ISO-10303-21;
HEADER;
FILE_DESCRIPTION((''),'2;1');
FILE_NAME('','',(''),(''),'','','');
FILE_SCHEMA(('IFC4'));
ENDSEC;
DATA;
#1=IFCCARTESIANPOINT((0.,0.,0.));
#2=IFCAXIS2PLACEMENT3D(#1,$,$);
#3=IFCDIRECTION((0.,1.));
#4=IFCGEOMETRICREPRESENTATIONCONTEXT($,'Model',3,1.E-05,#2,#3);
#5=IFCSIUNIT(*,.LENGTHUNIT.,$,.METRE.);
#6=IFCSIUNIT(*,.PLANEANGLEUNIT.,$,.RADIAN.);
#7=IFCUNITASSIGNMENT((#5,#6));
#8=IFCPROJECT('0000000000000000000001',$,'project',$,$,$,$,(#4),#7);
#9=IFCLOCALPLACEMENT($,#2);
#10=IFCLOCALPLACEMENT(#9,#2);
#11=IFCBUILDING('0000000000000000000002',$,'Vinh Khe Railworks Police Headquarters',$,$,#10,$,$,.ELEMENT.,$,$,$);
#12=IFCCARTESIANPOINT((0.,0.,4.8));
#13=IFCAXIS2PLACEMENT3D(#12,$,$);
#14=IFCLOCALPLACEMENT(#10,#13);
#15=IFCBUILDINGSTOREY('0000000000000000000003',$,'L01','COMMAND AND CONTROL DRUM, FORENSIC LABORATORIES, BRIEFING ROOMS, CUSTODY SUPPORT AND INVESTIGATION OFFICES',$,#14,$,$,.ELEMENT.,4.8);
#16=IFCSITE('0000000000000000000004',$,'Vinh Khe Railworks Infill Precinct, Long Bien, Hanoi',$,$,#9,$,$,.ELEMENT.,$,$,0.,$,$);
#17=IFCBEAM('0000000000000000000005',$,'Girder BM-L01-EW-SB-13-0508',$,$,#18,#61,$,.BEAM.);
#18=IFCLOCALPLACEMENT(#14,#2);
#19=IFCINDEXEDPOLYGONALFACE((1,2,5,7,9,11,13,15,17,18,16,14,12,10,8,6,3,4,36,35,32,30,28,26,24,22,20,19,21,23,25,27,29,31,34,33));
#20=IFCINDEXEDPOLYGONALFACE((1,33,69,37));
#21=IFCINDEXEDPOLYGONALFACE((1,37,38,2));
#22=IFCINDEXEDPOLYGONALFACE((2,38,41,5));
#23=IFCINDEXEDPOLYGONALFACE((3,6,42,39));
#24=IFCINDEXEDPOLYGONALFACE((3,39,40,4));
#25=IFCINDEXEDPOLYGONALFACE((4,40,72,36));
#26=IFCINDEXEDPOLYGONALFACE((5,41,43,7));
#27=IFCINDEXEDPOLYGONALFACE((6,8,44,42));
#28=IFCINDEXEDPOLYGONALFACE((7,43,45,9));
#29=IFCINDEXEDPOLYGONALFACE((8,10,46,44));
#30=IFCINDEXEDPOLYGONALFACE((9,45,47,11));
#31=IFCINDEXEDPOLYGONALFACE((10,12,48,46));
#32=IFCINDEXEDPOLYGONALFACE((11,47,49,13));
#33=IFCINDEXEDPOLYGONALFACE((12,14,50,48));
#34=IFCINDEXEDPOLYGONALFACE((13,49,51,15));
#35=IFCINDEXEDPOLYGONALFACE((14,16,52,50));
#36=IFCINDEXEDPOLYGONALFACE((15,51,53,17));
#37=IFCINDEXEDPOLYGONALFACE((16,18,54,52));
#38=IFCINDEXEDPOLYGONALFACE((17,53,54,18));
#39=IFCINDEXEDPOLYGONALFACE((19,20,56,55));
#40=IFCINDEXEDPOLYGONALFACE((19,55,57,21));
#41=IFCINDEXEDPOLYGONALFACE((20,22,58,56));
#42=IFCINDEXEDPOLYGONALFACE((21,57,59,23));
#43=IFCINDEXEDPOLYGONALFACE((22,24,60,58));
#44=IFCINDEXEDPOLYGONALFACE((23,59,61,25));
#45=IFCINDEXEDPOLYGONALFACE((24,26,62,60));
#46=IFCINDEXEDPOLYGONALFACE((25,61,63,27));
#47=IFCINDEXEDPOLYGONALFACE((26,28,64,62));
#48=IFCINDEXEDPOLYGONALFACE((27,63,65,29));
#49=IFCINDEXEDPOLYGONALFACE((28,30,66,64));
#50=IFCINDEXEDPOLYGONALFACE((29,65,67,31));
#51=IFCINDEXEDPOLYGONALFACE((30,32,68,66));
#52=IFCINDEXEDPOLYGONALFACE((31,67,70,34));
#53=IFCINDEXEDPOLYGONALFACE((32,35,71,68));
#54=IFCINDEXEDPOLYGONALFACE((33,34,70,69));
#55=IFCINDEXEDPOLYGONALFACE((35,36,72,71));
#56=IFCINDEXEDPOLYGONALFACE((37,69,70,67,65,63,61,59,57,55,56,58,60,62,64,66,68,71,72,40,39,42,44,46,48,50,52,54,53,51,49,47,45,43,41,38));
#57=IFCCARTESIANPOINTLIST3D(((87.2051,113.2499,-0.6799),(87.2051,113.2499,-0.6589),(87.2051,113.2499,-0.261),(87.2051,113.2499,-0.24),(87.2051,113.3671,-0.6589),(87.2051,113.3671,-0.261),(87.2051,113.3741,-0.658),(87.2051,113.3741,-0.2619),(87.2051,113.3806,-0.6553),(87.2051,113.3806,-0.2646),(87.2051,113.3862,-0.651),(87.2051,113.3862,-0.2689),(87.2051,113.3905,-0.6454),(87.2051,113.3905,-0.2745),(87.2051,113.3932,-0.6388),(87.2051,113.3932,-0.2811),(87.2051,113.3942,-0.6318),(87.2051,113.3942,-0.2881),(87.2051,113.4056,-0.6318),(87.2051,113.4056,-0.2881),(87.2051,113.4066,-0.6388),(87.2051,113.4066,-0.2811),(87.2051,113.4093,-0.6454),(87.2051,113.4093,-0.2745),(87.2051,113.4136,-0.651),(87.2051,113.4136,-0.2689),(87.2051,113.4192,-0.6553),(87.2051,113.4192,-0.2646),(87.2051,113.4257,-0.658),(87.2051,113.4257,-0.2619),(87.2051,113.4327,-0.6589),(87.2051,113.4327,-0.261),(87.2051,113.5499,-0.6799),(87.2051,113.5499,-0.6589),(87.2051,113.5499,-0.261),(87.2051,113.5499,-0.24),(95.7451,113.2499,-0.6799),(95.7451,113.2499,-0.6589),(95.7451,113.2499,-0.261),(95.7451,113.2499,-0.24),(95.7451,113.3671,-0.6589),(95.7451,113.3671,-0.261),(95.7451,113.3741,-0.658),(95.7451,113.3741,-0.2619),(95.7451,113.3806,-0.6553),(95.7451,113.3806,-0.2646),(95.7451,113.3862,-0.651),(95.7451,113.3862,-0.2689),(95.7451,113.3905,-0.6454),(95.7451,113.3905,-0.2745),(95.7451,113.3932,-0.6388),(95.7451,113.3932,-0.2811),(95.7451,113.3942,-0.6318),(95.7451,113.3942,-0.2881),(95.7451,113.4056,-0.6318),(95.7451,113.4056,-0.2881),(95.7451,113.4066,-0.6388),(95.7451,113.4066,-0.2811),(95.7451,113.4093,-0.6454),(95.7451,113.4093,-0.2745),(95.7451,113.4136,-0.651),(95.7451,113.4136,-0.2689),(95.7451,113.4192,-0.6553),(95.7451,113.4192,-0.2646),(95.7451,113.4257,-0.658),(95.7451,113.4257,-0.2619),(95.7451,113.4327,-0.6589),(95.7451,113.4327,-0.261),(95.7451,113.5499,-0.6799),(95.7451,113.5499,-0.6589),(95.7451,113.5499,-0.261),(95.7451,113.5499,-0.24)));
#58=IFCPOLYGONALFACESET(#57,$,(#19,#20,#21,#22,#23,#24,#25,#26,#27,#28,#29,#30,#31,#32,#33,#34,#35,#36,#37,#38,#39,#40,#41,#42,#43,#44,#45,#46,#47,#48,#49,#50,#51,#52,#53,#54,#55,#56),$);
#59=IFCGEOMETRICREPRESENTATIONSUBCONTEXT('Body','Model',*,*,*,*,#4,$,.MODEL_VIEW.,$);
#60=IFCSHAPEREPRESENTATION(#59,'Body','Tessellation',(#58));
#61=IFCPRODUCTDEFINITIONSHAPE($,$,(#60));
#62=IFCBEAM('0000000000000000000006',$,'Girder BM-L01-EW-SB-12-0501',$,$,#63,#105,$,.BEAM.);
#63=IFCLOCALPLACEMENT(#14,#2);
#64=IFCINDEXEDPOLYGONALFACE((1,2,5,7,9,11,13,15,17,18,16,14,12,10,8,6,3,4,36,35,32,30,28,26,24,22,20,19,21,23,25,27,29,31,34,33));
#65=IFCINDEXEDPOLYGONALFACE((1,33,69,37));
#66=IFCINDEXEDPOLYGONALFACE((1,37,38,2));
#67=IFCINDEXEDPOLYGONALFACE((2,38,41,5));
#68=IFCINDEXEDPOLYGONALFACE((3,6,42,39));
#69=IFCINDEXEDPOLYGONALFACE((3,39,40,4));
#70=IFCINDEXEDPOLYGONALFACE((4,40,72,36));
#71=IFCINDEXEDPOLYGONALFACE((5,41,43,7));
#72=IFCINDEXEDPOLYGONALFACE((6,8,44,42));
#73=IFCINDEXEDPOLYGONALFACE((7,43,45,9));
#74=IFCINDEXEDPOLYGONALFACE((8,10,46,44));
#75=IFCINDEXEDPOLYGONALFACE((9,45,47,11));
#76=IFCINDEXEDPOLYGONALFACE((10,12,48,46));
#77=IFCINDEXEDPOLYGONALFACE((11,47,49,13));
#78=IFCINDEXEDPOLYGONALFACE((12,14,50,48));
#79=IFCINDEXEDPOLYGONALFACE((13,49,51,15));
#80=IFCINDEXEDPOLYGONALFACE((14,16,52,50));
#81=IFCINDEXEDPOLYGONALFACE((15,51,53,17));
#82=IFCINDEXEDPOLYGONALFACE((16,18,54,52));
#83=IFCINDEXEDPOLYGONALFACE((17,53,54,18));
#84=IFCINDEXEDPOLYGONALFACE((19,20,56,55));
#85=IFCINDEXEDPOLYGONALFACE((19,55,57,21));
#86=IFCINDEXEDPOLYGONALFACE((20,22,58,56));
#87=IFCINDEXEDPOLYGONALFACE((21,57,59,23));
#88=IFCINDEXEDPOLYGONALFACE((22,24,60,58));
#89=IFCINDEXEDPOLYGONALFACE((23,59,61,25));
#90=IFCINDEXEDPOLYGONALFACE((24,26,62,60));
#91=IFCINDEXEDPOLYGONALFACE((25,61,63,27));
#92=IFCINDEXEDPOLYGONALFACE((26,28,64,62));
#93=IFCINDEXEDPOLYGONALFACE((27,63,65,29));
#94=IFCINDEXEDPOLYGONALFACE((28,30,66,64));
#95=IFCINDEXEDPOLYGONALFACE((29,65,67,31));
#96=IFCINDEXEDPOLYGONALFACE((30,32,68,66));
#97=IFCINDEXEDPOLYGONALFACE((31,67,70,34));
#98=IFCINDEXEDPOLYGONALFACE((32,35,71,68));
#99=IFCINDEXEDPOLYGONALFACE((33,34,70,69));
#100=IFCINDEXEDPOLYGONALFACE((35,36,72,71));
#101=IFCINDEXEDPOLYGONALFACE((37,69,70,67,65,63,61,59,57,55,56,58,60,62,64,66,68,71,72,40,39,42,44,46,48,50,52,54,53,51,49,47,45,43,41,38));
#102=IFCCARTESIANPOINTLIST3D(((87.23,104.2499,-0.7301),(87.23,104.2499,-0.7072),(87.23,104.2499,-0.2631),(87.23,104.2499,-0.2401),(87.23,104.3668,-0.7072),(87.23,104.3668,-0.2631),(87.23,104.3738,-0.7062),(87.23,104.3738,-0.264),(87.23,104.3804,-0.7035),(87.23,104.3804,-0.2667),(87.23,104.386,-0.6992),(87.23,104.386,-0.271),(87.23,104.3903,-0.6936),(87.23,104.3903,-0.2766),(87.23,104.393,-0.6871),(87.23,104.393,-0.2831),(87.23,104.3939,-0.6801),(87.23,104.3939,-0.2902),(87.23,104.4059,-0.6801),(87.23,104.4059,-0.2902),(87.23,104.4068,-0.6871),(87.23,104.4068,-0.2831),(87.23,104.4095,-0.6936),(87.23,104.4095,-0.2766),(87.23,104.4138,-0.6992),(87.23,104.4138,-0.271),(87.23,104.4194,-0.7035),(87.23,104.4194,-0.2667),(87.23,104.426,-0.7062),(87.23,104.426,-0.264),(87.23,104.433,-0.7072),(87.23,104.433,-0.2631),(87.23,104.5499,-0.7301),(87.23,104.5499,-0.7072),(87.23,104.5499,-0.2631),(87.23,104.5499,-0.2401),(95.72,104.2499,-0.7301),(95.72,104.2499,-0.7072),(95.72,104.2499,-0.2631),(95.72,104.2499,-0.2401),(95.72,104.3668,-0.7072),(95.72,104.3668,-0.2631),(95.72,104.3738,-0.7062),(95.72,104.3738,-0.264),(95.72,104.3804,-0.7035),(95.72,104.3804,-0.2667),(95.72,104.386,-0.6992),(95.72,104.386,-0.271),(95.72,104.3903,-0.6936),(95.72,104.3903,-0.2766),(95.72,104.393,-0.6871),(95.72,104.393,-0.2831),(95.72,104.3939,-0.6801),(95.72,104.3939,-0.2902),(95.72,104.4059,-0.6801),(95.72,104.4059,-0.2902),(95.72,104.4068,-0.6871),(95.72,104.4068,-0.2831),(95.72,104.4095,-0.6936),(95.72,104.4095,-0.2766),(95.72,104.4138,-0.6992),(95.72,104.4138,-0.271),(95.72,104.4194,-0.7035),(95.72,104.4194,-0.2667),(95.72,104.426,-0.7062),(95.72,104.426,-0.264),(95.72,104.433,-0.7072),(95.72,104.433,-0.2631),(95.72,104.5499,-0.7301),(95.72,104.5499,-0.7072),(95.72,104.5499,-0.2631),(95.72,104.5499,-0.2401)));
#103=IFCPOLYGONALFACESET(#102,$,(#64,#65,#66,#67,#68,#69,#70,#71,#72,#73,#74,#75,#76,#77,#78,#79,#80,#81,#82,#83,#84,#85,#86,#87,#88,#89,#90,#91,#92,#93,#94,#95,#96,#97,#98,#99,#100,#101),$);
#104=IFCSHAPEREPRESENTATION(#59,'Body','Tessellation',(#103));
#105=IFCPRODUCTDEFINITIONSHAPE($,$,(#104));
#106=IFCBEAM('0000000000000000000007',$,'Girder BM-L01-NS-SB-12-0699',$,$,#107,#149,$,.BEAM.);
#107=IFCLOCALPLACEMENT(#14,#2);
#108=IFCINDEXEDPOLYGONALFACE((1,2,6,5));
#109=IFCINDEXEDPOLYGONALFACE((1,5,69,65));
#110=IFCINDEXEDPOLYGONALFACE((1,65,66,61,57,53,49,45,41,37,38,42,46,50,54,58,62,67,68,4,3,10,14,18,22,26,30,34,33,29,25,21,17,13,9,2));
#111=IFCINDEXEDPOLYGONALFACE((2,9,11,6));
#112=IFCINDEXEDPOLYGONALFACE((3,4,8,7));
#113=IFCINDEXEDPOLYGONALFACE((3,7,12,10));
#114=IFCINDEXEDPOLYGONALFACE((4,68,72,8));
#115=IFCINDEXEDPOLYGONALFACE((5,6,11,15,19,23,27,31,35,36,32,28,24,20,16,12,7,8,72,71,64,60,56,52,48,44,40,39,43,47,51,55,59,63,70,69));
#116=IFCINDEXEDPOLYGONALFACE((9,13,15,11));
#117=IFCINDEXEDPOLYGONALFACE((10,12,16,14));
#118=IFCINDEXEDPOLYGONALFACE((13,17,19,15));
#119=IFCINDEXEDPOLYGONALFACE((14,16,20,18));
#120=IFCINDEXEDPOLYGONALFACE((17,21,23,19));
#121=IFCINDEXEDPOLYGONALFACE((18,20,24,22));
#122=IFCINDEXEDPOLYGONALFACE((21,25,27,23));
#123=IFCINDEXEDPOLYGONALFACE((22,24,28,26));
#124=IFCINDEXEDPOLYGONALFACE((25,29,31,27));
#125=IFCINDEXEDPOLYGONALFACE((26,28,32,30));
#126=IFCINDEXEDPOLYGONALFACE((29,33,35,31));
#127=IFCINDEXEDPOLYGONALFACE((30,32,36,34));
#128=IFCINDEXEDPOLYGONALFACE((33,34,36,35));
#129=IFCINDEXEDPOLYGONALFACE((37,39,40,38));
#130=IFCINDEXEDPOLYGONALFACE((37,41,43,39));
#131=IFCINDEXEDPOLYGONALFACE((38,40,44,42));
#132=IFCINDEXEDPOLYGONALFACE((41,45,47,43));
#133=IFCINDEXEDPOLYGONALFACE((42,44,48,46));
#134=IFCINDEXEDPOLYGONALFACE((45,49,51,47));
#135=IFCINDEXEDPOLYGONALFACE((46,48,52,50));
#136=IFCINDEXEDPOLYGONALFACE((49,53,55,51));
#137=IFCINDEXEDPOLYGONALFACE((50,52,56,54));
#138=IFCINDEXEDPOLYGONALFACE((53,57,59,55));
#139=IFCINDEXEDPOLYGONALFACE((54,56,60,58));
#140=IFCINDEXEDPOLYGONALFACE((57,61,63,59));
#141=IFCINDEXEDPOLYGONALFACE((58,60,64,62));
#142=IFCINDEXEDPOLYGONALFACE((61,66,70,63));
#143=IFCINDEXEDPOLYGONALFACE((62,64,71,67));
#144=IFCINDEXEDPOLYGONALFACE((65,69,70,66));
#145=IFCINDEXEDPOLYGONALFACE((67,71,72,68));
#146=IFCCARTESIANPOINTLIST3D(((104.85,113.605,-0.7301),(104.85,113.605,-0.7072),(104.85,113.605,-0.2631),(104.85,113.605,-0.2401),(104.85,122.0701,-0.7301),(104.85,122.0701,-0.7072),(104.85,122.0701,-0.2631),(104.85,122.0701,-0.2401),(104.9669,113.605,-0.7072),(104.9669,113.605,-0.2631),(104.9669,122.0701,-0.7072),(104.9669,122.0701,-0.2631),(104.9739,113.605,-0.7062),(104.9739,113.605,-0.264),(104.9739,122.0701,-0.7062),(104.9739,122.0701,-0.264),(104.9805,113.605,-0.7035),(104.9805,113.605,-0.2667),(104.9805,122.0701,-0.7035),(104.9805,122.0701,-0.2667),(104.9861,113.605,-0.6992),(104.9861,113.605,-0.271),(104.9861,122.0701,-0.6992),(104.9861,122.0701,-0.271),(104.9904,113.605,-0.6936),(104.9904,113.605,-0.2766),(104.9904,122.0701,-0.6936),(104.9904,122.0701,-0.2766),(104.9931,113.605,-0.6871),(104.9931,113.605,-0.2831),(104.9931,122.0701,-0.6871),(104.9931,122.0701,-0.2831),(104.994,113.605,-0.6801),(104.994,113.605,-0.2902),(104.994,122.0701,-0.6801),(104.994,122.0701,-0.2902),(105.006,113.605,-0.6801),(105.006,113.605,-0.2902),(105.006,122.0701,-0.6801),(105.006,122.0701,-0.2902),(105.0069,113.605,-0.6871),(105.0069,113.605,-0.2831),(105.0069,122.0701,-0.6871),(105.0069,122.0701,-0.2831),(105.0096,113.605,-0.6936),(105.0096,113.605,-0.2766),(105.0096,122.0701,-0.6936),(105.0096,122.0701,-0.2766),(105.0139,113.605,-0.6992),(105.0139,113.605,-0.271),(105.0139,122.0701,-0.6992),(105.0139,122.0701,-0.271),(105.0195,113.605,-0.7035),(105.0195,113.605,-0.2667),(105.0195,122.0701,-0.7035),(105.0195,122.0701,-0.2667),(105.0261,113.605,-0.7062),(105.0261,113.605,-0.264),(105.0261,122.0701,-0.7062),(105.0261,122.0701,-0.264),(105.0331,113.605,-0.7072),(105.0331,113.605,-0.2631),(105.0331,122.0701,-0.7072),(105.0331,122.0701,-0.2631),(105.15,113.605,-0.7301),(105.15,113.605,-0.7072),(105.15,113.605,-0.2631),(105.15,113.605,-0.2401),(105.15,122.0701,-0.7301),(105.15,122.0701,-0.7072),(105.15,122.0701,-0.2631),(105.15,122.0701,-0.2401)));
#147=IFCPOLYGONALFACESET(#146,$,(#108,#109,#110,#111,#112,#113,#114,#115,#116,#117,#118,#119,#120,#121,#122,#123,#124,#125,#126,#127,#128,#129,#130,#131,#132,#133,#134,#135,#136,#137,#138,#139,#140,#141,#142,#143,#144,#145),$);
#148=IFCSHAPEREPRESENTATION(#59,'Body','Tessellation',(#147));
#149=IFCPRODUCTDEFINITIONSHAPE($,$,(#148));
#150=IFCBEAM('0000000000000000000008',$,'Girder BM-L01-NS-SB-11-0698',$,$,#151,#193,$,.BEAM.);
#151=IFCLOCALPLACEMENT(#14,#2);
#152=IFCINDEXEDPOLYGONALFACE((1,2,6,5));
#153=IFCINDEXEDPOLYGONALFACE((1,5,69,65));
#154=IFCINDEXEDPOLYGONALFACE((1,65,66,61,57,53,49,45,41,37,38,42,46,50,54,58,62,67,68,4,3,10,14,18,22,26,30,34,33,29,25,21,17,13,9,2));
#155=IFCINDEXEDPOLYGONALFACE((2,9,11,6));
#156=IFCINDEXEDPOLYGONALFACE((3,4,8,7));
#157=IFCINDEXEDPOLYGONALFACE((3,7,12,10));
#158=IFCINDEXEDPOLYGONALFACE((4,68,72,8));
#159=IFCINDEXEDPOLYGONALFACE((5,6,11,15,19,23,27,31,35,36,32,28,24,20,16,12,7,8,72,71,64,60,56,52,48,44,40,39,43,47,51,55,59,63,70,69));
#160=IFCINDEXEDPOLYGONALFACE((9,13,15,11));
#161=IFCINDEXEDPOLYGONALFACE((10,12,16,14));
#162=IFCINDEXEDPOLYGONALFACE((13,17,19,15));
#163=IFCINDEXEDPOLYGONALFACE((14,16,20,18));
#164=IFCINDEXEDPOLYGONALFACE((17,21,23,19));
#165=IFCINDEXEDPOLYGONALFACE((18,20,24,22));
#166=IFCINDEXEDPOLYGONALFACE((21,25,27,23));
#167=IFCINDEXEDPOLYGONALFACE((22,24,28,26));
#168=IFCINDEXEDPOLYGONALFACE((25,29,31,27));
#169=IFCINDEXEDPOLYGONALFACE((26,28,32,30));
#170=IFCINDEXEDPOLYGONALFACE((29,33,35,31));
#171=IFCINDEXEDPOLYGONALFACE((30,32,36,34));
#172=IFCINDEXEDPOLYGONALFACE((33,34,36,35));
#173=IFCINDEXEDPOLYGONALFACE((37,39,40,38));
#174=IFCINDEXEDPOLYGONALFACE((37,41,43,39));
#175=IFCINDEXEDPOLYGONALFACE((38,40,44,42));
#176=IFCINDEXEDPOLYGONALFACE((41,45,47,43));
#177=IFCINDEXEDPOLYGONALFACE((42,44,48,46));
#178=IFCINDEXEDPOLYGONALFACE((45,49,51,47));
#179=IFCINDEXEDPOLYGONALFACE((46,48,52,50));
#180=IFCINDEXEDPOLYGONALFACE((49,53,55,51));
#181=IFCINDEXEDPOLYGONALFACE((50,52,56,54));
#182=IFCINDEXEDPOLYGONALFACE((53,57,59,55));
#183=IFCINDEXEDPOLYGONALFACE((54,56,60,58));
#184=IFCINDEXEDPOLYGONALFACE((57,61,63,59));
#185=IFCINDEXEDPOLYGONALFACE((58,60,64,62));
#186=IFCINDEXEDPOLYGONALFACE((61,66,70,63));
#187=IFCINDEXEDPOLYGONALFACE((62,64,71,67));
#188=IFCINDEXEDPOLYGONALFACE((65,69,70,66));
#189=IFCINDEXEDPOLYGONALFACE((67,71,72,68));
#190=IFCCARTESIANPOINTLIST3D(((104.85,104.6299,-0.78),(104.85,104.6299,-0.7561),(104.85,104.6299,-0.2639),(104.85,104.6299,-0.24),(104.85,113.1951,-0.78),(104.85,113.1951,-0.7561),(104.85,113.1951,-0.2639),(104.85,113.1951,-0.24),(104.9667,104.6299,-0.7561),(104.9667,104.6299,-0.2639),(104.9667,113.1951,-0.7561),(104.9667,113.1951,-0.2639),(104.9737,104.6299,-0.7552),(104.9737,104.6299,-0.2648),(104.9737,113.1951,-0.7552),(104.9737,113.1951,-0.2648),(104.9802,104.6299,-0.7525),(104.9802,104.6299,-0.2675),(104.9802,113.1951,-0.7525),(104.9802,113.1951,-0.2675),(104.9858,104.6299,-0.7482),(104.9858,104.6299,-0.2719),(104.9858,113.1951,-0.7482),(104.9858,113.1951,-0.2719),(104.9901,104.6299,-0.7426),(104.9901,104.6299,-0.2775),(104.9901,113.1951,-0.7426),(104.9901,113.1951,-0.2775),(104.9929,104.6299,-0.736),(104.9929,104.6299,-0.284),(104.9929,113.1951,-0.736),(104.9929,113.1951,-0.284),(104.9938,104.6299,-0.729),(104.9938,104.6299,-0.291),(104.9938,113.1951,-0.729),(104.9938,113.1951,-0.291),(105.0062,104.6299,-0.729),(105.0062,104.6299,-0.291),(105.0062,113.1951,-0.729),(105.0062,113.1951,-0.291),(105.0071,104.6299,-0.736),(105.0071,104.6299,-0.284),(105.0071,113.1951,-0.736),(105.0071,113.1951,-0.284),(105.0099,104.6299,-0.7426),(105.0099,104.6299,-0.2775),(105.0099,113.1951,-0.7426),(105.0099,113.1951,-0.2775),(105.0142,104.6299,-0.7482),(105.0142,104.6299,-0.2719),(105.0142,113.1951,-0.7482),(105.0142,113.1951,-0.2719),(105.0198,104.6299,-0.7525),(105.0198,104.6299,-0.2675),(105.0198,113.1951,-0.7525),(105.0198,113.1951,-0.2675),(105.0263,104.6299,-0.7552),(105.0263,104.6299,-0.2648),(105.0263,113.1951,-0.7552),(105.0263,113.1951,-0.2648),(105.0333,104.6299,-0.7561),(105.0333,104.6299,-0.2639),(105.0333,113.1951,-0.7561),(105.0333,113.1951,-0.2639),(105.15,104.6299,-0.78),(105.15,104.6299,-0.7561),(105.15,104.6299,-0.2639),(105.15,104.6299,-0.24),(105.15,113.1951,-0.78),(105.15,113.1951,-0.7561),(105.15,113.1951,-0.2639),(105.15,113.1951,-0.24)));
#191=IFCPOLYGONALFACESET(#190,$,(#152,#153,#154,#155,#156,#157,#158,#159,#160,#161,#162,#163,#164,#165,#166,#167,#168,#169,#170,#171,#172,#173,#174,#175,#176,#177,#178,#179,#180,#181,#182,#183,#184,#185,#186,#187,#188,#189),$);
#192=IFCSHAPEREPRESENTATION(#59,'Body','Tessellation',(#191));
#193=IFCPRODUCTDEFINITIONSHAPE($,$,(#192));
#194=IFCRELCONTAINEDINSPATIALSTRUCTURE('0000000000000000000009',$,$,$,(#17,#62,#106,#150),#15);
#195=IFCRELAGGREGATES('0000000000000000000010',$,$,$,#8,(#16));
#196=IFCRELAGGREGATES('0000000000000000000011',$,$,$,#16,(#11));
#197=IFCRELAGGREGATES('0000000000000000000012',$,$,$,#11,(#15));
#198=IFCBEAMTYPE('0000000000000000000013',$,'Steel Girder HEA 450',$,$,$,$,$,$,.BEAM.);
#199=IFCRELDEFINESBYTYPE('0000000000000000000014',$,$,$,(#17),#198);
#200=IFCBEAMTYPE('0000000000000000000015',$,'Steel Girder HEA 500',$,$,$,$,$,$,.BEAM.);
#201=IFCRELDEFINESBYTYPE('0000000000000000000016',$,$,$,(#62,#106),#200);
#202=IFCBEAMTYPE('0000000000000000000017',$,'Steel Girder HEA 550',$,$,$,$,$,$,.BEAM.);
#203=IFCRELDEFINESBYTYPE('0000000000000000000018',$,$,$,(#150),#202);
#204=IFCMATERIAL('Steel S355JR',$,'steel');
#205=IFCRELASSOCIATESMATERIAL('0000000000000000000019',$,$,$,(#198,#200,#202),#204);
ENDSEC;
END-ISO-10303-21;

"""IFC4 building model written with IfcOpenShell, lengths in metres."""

from ifc_helpers import new_model, si_unit, direction, frame, origin, origin_2d, place, context, subcontext, project, spatial, i_section, extrude, material, material_profile, profile_set, type_object, element, save


model = new_model("IFC4")

# Units and contexts
model_context = context("Model", 3, precision=1e-05, world=origin(), true_north=direction((0.0, 1.0)))
body_context = subcontext(model_context, "Body", "Model", "MODEL_VIEW")
ifc_project = project(units=[si_unit("LENGTHUNIT", "METRE"), si_unit("PLANEANGLEUNIT", "RADIAN")], contexts=[model_context])

# Site, building, storey
site_placement = place(None, origin())
site = spatial("IfcSite", under=ifc_project, at=site_placement, Name="Vinh Khe Railworks Infill Precinct, Long Bien, Hanoi", CompositionType="ELEMENT", RefElevation=0.0)
building_placement = place(site_placement, origin())
building = spatial("IfcBuilding", under=site, at=building_placement, Name="Vinh Khe Railworks Police Headquarters", CompositionType="ELEMENT")
storey_placement = place(building_placement, frame((0.0, 0.0, 4.8)))
storey = spatial("IfcBuildingStorey", under=building, at=storey_placement, Name="L01", Description="COMMAND AND CONTROL DRUM, FORENSIC LABORATORIES, BRIEFING ROOMS, CUSTODY SUPPORT AND INVESTIGATION OFFICES", CompositionType="ELEMENT", Elevation=4.8)

# Shared definitions
ifc_material_1 = material(Name="Steel S355JR", Category="steel")

# Beams
ifc_material_profile_1 = material_profile(ifc_material_1, i_section(OverallWidth=0.3, OverallDepth=0.4399, WebThickness=0.0115, FlangeThickness=0.021, FilletRadius=0.0271, at=origin_2d()), Name="HEA 450")
ifc_profile_set_1 = profile_set([ifc_material_profile_1], Name="Steel S355JR")
beam_type_1 = type_object("IfcBeamType", Name="Steel Girder HEA 450", PredefinedType="BEAM", material=ifc_profile_set_1)
beam_1_placement = place(storey_placement, frame((87.2051, 113.3999, -0.46), z_axis=(1.0, 0.0, 0.0), x_axis=(0.0, 1.0, 0.0)))
element("IfcBeam", 1, at=beam_1_placement, inside=storey, type_object=beam_type_1, Name="Girder BM-L01-EW-SB-13-0508", PredefinedType="BEAM", context=body_context, shape_type="SweptSolid", body=[
    extrude(i_section(OverallWidth=0.3, OverallDepth=0.4399, WebThickness=0.0115, FlangeThickness=0.021, FilletRadius=0.0271, at=origin_2d()), origin(), (0.0, 0.0, 1.0), 8.54),
])
ifc_material_profile_2 = material_profile(ifc_material_1, i_section(OverallWidth=0.3, OverallDepth=0.49, WebThickness=0.012, FlangeThickness=0.0229, FilletRadius=0.0271, at=origin_2d()), Name="HEA 500")
ifc_profile_set_2 = profile_set([ifc_material_profile_2], Name="Steel S355JR")
beam_type_2 = type_object("IfcBeamType", Name="Steel Girder HEA 500", PredefinedType="BEAM", material=ifc_profile_set_2)
beam_2_placement = place(storey_placement, frame((87.23, 104.3999, -0.4851), z_axis=(1.0, 0.0, 0.0), x_axis=(0.0, 1.0, 0.0)))
element("IfcBeam", 2, at=beam_2_placement, inside=storey, type_object=beam_type_2, Name="Girder BM-L01-EW-SB-12-0501", PredefinedType="BEAM", context=body_context, shape_type="SweptSolid", body=[
    extrude(i_section(OverallWidth=0.3, OverallDepth=0.49, WebThickness=0.012, FlangeThickness=0.0229, FilletRadius=0.0271, at=origin_2d()), origin(), (0.0, 0.0, 1.0), 8.49),
])
beam_3_placement = place(storey_placement, frame((105.0, 113.605, -0.4851), z_axis=(0.0, 1.0, 0.0), x_axis=(-1.0, 0.0, 0.0)))
element("IfcBeam", 3, at=beam_3_placement, inside=storey, type_object=beam_type_2, Name="Girder BM-L01-NS-SB-12-0699", PredefinedType="BEAM", context=body_context, shape_type="SweptSolid", body=[
    extrude(i_section(OverallWidth=0.3, OverallDepth=0.49, WebThickness=0.012, FlangeThickness=0.0229, FilletRadius=0.0271, at=origin_2d()), origin(), (0.0, 0.0, 1.0), 8.4651),
])
ifc_material_profile_3 = material_profile(ifc_material_1, i_section(OverallWidth=0.3, OverallDepth=0.54, WebThickness=0.0125, FlangeThickness=0.0239, FilletRadius=0.0271, at=origin_2d()), Name="HEA 550")
ifc_profile_set_3 = profile_set([ifc_material_profile_3], Name="Steel S355JR")
beam_type_3 = type_object("IfcBeamType", Name="Steel Girder HEA 550", PredefinedType="BEAM", material=ifc_profile_set_3)
beam_4_placement = place(storey_placement, frame((105.0, 104.6299, -0.51), z_axis=(0.0, 1.0, 0.0), x_axis=(-1.0, 0.0, 0.0)))
element("IfcBeam", 4, at=beam_4_placement, inside=storey, type_object=beam_type_3, Name="Girder BM-L01-NS-SB-11-0698", PredefinedType="BEAM", context=body_context, shape_type="SweptSolid", body=[
    extrude(i_section(OverallWidth=0.3, OverallDepth=0.54, WebThickness=0.0125, FlangeThickness=0.0239, FilletRadius=0.0271, at=origin_2d()), origin(), (0.0, 0.0, 1.0), 8.5652),
])

save(model, "model.ifc")
